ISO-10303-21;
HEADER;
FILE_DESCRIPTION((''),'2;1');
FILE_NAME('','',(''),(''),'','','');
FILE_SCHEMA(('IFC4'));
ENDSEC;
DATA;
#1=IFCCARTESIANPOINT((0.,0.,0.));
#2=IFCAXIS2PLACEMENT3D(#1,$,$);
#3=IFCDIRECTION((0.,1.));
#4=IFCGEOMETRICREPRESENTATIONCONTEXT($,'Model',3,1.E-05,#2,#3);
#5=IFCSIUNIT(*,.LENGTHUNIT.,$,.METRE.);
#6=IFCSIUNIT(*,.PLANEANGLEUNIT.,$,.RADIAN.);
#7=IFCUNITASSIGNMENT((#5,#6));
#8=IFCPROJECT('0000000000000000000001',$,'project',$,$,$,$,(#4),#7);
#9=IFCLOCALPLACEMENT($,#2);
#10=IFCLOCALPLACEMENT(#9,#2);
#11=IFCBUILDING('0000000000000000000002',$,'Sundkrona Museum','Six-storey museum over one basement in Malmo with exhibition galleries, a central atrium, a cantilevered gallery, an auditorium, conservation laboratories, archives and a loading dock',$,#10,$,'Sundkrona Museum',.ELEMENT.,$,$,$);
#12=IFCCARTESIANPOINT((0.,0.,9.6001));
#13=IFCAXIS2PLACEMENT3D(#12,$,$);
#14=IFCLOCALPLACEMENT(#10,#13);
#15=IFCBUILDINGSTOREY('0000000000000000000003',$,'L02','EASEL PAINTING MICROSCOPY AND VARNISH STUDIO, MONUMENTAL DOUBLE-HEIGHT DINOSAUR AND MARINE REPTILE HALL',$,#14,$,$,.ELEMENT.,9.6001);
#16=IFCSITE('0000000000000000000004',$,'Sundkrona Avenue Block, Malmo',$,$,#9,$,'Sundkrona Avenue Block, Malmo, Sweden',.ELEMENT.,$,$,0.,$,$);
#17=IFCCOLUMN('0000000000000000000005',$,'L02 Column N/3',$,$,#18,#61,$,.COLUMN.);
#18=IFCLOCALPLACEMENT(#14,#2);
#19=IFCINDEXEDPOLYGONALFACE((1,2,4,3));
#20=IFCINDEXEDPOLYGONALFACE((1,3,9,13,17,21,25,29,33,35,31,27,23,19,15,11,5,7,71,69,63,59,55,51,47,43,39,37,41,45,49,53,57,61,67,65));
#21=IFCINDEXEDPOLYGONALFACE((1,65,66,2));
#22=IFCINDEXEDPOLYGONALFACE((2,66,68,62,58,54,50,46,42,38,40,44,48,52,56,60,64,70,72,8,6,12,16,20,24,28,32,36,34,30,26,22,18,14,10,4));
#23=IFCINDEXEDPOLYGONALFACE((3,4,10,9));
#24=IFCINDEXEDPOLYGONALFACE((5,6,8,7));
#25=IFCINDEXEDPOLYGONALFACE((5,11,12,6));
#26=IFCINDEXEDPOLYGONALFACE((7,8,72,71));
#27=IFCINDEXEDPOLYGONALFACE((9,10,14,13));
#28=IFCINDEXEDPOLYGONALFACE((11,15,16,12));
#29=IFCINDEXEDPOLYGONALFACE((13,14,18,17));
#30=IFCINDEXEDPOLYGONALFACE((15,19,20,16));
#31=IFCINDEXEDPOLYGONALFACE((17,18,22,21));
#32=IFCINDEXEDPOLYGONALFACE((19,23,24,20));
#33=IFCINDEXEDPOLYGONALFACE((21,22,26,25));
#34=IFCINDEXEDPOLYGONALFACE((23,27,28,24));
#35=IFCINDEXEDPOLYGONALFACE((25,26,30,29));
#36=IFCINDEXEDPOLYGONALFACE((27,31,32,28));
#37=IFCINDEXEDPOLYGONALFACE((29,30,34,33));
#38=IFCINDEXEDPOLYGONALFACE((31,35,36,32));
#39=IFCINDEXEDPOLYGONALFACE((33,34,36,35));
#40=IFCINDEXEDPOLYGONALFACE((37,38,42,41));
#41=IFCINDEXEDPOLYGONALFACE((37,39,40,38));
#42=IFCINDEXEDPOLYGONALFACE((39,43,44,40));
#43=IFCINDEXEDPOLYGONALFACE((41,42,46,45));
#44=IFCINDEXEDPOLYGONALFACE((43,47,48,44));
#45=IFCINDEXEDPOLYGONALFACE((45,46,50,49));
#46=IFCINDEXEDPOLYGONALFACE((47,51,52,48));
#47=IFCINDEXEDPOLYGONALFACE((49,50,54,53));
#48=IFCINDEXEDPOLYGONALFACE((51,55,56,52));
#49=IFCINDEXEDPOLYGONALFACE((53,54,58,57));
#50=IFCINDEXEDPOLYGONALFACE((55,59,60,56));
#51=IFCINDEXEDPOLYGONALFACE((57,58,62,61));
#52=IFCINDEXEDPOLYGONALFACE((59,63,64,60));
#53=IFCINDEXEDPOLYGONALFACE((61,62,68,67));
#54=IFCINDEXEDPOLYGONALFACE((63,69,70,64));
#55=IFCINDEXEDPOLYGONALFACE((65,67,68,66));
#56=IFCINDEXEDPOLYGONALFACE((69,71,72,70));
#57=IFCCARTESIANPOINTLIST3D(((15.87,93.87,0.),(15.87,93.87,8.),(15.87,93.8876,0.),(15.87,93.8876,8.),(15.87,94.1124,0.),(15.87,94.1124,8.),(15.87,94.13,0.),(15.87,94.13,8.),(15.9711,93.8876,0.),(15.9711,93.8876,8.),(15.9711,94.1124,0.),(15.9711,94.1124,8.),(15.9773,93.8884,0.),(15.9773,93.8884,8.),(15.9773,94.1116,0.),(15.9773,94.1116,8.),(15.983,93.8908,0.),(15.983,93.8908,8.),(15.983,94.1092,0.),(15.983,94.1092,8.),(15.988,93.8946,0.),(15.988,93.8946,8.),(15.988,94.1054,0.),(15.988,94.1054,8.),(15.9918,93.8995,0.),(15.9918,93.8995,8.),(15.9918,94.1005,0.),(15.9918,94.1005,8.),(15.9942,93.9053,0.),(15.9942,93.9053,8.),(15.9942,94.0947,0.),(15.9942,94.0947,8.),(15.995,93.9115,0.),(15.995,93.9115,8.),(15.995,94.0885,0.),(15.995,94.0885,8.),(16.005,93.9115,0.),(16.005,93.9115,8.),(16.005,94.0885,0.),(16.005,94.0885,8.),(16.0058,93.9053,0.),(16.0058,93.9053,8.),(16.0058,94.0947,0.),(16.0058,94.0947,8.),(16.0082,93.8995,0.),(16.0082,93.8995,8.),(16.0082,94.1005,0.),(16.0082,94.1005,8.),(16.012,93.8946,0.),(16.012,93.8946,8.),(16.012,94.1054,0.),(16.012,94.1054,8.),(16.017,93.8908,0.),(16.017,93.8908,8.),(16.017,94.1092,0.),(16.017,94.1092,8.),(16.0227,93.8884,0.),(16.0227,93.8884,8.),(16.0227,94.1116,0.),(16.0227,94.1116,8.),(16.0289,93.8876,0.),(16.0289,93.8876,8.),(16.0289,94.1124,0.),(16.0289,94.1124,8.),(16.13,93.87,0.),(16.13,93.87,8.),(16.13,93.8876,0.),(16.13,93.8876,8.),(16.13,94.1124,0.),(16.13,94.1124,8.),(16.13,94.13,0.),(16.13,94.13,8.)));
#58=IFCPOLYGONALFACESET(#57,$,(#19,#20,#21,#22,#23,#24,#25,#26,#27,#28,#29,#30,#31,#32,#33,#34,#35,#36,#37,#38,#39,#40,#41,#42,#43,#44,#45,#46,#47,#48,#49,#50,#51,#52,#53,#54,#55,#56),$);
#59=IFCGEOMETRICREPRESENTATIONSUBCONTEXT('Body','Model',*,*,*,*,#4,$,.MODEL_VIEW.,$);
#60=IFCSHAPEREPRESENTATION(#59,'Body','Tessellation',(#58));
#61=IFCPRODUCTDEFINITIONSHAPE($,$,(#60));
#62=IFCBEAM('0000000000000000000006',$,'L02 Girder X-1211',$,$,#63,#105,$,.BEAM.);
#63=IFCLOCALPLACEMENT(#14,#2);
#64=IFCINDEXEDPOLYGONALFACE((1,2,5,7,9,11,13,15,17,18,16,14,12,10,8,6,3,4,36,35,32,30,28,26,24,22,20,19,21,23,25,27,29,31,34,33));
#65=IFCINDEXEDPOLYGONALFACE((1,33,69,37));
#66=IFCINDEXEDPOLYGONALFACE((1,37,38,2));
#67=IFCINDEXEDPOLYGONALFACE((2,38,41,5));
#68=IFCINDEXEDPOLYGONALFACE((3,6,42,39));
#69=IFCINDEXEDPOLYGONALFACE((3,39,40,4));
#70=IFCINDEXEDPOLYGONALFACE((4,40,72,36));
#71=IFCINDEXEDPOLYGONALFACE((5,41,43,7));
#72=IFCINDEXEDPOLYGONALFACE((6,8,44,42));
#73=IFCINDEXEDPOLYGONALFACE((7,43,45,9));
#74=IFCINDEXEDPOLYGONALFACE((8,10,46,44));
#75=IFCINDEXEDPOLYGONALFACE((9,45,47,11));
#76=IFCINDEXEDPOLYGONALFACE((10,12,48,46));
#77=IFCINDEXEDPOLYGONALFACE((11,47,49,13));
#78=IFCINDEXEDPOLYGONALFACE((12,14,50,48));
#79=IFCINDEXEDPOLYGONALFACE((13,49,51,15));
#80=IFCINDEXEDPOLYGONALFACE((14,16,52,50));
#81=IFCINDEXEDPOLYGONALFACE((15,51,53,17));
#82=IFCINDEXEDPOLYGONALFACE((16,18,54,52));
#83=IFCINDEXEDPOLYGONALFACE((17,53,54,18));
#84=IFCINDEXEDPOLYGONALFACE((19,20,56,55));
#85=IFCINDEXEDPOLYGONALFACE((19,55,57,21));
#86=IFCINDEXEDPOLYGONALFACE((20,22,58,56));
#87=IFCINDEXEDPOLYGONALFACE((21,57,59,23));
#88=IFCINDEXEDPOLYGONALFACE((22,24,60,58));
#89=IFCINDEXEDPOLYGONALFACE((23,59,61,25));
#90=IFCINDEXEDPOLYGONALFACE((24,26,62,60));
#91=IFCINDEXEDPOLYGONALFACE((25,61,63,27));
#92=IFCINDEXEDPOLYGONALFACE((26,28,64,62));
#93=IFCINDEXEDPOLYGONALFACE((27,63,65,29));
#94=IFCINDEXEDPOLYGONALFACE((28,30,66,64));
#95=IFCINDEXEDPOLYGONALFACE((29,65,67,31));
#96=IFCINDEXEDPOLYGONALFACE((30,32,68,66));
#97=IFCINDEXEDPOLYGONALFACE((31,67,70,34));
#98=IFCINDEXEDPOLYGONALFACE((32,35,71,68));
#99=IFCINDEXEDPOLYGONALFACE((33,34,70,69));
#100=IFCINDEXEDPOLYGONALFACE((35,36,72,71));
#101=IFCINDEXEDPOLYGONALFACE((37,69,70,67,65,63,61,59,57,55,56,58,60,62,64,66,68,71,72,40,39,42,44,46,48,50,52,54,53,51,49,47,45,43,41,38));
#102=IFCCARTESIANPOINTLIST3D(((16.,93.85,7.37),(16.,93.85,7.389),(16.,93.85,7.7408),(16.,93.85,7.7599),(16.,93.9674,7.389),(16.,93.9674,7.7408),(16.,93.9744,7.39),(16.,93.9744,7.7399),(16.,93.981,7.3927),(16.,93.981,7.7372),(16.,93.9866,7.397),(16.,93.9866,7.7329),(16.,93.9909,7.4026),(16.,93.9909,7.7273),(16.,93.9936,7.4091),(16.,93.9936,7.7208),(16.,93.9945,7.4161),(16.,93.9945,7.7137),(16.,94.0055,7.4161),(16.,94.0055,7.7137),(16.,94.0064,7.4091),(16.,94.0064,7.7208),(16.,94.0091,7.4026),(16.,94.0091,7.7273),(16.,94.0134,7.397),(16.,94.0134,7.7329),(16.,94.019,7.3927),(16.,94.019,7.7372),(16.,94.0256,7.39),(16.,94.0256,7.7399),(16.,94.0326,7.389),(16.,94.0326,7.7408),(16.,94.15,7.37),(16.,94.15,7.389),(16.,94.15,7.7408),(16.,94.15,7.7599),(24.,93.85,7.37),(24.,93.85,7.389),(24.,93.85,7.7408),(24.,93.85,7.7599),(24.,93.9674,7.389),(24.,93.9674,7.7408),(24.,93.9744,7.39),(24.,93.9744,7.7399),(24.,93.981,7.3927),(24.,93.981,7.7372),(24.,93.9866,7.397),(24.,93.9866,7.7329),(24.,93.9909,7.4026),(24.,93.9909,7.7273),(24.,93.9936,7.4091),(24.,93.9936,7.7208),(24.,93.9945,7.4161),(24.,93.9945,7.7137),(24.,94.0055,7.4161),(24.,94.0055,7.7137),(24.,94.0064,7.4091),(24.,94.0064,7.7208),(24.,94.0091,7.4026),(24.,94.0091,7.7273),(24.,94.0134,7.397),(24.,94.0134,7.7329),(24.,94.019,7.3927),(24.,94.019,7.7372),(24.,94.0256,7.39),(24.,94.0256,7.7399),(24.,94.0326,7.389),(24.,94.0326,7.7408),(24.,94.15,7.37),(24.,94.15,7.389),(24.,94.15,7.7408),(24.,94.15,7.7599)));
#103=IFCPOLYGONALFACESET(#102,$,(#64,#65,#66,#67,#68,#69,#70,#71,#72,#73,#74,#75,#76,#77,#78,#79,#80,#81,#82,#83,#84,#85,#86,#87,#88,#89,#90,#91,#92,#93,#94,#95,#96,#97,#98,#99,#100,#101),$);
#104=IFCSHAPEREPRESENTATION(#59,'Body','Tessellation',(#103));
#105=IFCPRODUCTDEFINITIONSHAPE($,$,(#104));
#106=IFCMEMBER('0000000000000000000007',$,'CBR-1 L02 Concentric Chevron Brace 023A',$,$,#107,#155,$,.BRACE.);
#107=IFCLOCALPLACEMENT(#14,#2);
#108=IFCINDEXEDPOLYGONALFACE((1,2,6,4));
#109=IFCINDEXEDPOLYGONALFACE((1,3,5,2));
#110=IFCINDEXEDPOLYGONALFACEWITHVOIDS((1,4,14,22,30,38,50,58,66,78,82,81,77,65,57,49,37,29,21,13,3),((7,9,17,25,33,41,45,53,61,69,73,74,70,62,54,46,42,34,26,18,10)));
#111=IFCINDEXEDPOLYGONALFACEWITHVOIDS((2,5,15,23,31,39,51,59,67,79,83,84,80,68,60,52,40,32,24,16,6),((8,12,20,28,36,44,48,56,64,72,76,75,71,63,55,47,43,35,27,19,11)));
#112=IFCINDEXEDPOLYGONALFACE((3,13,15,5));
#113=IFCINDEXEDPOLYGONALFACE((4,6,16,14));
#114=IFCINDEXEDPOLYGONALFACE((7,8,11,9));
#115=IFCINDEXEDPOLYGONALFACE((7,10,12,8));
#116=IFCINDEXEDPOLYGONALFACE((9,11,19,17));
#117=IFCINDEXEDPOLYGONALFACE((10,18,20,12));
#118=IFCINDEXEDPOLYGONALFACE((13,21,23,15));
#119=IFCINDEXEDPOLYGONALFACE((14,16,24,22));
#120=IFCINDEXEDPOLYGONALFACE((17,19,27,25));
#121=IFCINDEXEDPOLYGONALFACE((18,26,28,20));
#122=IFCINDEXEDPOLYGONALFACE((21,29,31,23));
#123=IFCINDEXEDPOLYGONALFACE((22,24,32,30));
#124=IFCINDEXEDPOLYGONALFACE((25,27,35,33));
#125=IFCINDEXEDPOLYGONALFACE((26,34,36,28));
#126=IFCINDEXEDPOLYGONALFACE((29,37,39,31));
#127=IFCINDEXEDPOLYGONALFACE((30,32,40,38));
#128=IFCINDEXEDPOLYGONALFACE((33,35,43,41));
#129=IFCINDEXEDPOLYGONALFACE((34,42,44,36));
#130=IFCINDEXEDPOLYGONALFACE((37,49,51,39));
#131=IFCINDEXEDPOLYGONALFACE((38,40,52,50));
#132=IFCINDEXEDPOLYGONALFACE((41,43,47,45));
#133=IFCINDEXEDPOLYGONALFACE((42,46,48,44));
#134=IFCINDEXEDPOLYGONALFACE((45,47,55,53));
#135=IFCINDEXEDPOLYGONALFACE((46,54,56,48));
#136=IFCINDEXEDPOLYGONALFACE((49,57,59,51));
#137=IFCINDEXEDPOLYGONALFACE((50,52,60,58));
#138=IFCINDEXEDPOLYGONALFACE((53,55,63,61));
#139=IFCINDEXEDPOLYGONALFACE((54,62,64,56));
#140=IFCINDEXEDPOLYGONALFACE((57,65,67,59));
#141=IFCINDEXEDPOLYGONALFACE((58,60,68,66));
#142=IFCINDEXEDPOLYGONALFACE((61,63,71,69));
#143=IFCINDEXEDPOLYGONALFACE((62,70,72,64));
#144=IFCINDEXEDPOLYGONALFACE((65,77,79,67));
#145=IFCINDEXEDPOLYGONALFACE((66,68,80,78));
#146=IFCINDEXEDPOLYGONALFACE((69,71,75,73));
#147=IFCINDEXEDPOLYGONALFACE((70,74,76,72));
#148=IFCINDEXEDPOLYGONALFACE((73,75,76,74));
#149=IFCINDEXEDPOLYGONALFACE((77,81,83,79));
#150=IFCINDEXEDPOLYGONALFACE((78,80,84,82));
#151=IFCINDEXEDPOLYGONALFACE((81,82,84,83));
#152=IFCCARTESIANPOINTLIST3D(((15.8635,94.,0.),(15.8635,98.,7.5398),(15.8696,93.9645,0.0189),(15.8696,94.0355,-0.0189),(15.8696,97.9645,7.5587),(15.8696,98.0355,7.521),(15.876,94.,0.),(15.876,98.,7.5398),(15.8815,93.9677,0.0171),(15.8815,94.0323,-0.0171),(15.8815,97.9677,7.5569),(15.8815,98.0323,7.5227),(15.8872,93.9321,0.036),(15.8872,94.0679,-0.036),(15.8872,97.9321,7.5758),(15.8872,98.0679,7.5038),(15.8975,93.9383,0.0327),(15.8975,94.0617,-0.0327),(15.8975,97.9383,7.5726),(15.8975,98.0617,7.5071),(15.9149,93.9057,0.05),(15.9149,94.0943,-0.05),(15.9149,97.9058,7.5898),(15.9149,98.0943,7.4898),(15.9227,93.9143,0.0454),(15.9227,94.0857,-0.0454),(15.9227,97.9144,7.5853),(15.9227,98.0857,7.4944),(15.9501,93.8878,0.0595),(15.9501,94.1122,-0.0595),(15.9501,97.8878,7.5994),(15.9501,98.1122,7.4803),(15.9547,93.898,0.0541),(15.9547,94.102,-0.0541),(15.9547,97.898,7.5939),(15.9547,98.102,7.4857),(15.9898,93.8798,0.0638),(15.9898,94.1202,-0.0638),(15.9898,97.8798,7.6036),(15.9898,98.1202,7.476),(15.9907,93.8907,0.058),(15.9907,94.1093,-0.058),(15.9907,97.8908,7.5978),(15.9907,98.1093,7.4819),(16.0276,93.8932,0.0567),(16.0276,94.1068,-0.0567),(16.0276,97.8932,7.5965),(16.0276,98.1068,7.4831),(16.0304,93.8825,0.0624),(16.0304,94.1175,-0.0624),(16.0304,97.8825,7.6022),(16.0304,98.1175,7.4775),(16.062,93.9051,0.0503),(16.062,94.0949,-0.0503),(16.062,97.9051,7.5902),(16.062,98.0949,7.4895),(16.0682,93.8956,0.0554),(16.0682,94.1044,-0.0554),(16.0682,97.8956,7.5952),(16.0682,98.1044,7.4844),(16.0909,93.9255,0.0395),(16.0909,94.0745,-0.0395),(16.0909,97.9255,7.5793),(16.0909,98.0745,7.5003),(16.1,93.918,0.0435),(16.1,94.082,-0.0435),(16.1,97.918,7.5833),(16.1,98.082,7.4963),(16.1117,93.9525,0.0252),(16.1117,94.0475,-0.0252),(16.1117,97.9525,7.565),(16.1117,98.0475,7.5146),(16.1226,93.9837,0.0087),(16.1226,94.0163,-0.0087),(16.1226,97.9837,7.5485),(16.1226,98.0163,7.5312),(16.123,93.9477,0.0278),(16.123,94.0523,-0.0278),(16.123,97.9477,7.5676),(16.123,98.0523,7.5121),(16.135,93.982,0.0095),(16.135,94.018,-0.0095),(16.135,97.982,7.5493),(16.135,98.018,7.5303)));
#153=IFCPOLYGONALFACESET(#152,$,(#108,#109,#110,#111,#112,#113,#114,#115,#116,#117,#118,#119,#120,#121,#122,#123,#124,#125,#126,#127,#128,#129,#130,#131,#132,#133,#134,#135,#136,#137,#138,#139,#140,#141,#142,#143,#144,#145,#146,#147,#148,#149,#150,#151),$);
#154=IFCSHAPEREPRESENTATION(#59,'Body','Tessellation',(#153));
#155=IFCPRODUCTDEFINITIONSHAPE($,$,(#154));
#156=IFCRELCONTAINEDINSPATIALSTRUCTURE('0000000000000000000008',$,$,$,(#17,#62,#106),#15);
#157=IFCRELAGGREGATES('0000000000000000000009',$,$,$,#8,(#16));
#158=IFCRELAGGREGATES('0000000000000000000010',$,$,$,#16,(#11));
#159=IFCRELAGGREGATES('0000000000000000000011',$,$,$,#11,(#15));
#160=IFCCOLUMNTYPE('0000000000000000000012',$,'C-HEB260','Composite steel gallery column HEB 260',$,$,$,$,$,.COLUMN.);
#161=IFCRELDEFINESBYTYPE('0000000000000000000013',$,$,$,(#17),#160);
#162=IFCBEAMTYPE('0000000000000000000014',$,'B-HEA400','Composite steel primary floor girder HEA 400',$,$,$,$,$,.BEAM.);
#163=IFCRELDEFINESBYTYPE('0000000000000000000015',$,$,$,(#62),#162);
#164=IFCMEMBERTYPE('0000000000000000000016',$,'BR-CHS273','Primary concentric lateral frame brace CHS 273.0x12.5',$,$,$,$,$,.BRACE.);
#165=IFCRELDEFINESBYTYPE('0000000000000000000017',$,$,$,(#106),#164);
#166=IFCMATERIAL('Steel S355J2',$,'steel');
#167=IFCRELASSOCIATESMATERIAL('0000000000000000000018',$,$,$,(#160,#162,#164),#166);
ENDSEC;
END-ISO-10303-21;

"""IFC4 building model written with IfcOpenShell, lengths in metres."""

from ifc_helpers import new_model, si_unit, direction, frame, origin, origin_2d, place, context, subcontext, project, spatial, hollow_circle, i_section, extrude, material, material_profile, profile_set, type_object, element, save


model = new_model("IFC4")

# Units and contexts
model_context = context("Model", 3, precision=1e-05, world=origin(), true_north=direction((0.0, 1.0)))
body_context = subcontext(model_context, "Body", "Model", "MODEL_VIEW")
ifc_project = project(units=[si_unit("LENGTHUNIT", "METRE"), si_unit("PLANEANGLEUNIT", "RADIAN")], contexts=[model_context])

# Site, building, storey
site_placement = place(None, origin())
site = spatial("IfcSite", under=ifc_project, at=site_placement, Name="Sundkrona Avenue Block, Malmo", LongName="Sundkrona Avenue Block, Malmo, Sweden", CompositionType="ELEMENT", RefElevation=0.0)
building_placement = place(site_placement, origin())
building = spatial("IfcBuilding", under=site, at=building_placement, Name="Sundkrona Museum", Description="Six-storey museum over one basement in Malmo with exhibition galleries, a central atrium, a cantilevered gallery, an auditorium, conservation laboratories, archives and a loading dock", LongName="Sundkrona Museum", CompositionType="ELEMENT")
storey_placement = place(building_placement, frame((0.0, 0.0, 9.6001)))
storey = spatial("IfcBuildingStorey", under=building, at=storey_placement, Name="L02", Description="EASEL PAINTING MICROSCOPY AND VARNISH STUDIO, MONUMENTAL DOUBLE-HEIGHT DINOSAUR AND MARINE REPTILE HALL", CompositionType="ELEMENT", Elevation=9.6001)

# Column
ifc_material_1 = material(Name="Steel S355J2", Category="steel")
ifc_material_profile_1 = material_profile(ifc_material_1, i_section(OverallWidth=0.26, OverallDepth=0.26, WebThickness=0.01, FlangeThickness=0.0176, FilletRadius=0.0239, at=origin_2d()), Name="HEB 260")
ifc_profile_set_1 = profile_set([ifc_material_profile_1], Name="Steel S355J2")
column_type = type_object("IfcColumnType", Name="C-HEB260", Description="Composite steel gallery column HEB 260", PredefinedType="COLUMN", material=ifc_profile_set_1)
column_placement = place(storey_placement, frame((16.0, 94.0, 0.0), z_axis=(0.0, 0.0, 1.0), x_axis=(1.0, 0.0, 0.0)))
element("IfcColumn", 1, at=column_placement, inside=storey, type_object=column_type, Name="L02 Column N/3", PredefinedType="COLUMN", context=body_context, shape_type="SweptSolid", body=[
    extrude(i_section(OverallWidth=0.26, OverallDepth=0.26, WebThickness=0.01, FlangeThickness=0.0176, FilletRadius=0.0239, at=origin_2d()), origin(), (0.0, 0.0, 1.0), 8.0),
])

# Beam
ifc_material_profile_2 = material_profile(ifc_material_1, i_section(OverallWidth=0.3, OverallDepth=0.3899, WebThickness=0.011, FlangeThickness=0.019, FilletRadius=0.0271, at=origin_2d()), Name="HEA 400")
ifc_profile_set_2 = profile_set([ifc_material_profile_2], Name="Steel S355J2")
beam_type_1 = type_object("IfcBeamType", Name="B-HEA400", Description="Composite steel primary floor girder HEA 400", PredefinedType="BEAM", material=ifc_profile_set_2)
beam_1_placement = place(storey_placement, frame((16.0, 94.0, 7.5649), z_axis=(1.0, 0.0, 0.0), x_axis=(0.0, 1.0, 0.0)))
element("IfcBeam", 2, at=beam_1_placement, inside=storey, type_object=beam_type_1, Name="L02 Girder X-1211", PredefinedType="BEAM", context=body_context, shape_type="SweptSolid", body=[
    extrude(i_section(OverallWidth=0.3, OverallDepth=0.3899, WebThickness=0.011, FlangeThickness=0.019, FilletRadius=0.0271, at=origin_2d()), origin(), (0.0, 0.0, 1.0), 8.0),
])

# Member
ifc_material_profile_3 = material_profile(ifc_material_1, hollow_circle(Radius=0.1365, WallThickness=0.0125, at=origin_2d()), Name="CHS 273.0x12.5")
ifc_profile_set_3 = profile_set([ifc_material_profile_3], Name="Steel S355J2")
member_type = type_object("IfcMemberType", Name="BR-CHS273", Description="Primary concentric lateral frame brace CHS 273.0x12.5", PredefinedType="BRACE", material=ifc_profile_set_3)
member_placement = place(storey_placement, frame((16.0, 94.0, 0.0), z_axis=(0.0, 0.468651, 0.883383), x_axis=(-1.0, 0.0, 0.0)))
element("IfcMember", 3, at=member_placement, inside=storey, type_object=member_type, Name="CBR-1 L02 Concentric Chevron Brace 023A", PredefinedType="BRACE", context=body_context, shape_type="SweptSolid", body=[
    extrude(hollow_circle(Radius=0.1365, WallThickness=0.0125, at=origin_2d()), origin(), (0.0, 0.0, 1.0), 8.5352),
])

save(model, "model.ifc")
